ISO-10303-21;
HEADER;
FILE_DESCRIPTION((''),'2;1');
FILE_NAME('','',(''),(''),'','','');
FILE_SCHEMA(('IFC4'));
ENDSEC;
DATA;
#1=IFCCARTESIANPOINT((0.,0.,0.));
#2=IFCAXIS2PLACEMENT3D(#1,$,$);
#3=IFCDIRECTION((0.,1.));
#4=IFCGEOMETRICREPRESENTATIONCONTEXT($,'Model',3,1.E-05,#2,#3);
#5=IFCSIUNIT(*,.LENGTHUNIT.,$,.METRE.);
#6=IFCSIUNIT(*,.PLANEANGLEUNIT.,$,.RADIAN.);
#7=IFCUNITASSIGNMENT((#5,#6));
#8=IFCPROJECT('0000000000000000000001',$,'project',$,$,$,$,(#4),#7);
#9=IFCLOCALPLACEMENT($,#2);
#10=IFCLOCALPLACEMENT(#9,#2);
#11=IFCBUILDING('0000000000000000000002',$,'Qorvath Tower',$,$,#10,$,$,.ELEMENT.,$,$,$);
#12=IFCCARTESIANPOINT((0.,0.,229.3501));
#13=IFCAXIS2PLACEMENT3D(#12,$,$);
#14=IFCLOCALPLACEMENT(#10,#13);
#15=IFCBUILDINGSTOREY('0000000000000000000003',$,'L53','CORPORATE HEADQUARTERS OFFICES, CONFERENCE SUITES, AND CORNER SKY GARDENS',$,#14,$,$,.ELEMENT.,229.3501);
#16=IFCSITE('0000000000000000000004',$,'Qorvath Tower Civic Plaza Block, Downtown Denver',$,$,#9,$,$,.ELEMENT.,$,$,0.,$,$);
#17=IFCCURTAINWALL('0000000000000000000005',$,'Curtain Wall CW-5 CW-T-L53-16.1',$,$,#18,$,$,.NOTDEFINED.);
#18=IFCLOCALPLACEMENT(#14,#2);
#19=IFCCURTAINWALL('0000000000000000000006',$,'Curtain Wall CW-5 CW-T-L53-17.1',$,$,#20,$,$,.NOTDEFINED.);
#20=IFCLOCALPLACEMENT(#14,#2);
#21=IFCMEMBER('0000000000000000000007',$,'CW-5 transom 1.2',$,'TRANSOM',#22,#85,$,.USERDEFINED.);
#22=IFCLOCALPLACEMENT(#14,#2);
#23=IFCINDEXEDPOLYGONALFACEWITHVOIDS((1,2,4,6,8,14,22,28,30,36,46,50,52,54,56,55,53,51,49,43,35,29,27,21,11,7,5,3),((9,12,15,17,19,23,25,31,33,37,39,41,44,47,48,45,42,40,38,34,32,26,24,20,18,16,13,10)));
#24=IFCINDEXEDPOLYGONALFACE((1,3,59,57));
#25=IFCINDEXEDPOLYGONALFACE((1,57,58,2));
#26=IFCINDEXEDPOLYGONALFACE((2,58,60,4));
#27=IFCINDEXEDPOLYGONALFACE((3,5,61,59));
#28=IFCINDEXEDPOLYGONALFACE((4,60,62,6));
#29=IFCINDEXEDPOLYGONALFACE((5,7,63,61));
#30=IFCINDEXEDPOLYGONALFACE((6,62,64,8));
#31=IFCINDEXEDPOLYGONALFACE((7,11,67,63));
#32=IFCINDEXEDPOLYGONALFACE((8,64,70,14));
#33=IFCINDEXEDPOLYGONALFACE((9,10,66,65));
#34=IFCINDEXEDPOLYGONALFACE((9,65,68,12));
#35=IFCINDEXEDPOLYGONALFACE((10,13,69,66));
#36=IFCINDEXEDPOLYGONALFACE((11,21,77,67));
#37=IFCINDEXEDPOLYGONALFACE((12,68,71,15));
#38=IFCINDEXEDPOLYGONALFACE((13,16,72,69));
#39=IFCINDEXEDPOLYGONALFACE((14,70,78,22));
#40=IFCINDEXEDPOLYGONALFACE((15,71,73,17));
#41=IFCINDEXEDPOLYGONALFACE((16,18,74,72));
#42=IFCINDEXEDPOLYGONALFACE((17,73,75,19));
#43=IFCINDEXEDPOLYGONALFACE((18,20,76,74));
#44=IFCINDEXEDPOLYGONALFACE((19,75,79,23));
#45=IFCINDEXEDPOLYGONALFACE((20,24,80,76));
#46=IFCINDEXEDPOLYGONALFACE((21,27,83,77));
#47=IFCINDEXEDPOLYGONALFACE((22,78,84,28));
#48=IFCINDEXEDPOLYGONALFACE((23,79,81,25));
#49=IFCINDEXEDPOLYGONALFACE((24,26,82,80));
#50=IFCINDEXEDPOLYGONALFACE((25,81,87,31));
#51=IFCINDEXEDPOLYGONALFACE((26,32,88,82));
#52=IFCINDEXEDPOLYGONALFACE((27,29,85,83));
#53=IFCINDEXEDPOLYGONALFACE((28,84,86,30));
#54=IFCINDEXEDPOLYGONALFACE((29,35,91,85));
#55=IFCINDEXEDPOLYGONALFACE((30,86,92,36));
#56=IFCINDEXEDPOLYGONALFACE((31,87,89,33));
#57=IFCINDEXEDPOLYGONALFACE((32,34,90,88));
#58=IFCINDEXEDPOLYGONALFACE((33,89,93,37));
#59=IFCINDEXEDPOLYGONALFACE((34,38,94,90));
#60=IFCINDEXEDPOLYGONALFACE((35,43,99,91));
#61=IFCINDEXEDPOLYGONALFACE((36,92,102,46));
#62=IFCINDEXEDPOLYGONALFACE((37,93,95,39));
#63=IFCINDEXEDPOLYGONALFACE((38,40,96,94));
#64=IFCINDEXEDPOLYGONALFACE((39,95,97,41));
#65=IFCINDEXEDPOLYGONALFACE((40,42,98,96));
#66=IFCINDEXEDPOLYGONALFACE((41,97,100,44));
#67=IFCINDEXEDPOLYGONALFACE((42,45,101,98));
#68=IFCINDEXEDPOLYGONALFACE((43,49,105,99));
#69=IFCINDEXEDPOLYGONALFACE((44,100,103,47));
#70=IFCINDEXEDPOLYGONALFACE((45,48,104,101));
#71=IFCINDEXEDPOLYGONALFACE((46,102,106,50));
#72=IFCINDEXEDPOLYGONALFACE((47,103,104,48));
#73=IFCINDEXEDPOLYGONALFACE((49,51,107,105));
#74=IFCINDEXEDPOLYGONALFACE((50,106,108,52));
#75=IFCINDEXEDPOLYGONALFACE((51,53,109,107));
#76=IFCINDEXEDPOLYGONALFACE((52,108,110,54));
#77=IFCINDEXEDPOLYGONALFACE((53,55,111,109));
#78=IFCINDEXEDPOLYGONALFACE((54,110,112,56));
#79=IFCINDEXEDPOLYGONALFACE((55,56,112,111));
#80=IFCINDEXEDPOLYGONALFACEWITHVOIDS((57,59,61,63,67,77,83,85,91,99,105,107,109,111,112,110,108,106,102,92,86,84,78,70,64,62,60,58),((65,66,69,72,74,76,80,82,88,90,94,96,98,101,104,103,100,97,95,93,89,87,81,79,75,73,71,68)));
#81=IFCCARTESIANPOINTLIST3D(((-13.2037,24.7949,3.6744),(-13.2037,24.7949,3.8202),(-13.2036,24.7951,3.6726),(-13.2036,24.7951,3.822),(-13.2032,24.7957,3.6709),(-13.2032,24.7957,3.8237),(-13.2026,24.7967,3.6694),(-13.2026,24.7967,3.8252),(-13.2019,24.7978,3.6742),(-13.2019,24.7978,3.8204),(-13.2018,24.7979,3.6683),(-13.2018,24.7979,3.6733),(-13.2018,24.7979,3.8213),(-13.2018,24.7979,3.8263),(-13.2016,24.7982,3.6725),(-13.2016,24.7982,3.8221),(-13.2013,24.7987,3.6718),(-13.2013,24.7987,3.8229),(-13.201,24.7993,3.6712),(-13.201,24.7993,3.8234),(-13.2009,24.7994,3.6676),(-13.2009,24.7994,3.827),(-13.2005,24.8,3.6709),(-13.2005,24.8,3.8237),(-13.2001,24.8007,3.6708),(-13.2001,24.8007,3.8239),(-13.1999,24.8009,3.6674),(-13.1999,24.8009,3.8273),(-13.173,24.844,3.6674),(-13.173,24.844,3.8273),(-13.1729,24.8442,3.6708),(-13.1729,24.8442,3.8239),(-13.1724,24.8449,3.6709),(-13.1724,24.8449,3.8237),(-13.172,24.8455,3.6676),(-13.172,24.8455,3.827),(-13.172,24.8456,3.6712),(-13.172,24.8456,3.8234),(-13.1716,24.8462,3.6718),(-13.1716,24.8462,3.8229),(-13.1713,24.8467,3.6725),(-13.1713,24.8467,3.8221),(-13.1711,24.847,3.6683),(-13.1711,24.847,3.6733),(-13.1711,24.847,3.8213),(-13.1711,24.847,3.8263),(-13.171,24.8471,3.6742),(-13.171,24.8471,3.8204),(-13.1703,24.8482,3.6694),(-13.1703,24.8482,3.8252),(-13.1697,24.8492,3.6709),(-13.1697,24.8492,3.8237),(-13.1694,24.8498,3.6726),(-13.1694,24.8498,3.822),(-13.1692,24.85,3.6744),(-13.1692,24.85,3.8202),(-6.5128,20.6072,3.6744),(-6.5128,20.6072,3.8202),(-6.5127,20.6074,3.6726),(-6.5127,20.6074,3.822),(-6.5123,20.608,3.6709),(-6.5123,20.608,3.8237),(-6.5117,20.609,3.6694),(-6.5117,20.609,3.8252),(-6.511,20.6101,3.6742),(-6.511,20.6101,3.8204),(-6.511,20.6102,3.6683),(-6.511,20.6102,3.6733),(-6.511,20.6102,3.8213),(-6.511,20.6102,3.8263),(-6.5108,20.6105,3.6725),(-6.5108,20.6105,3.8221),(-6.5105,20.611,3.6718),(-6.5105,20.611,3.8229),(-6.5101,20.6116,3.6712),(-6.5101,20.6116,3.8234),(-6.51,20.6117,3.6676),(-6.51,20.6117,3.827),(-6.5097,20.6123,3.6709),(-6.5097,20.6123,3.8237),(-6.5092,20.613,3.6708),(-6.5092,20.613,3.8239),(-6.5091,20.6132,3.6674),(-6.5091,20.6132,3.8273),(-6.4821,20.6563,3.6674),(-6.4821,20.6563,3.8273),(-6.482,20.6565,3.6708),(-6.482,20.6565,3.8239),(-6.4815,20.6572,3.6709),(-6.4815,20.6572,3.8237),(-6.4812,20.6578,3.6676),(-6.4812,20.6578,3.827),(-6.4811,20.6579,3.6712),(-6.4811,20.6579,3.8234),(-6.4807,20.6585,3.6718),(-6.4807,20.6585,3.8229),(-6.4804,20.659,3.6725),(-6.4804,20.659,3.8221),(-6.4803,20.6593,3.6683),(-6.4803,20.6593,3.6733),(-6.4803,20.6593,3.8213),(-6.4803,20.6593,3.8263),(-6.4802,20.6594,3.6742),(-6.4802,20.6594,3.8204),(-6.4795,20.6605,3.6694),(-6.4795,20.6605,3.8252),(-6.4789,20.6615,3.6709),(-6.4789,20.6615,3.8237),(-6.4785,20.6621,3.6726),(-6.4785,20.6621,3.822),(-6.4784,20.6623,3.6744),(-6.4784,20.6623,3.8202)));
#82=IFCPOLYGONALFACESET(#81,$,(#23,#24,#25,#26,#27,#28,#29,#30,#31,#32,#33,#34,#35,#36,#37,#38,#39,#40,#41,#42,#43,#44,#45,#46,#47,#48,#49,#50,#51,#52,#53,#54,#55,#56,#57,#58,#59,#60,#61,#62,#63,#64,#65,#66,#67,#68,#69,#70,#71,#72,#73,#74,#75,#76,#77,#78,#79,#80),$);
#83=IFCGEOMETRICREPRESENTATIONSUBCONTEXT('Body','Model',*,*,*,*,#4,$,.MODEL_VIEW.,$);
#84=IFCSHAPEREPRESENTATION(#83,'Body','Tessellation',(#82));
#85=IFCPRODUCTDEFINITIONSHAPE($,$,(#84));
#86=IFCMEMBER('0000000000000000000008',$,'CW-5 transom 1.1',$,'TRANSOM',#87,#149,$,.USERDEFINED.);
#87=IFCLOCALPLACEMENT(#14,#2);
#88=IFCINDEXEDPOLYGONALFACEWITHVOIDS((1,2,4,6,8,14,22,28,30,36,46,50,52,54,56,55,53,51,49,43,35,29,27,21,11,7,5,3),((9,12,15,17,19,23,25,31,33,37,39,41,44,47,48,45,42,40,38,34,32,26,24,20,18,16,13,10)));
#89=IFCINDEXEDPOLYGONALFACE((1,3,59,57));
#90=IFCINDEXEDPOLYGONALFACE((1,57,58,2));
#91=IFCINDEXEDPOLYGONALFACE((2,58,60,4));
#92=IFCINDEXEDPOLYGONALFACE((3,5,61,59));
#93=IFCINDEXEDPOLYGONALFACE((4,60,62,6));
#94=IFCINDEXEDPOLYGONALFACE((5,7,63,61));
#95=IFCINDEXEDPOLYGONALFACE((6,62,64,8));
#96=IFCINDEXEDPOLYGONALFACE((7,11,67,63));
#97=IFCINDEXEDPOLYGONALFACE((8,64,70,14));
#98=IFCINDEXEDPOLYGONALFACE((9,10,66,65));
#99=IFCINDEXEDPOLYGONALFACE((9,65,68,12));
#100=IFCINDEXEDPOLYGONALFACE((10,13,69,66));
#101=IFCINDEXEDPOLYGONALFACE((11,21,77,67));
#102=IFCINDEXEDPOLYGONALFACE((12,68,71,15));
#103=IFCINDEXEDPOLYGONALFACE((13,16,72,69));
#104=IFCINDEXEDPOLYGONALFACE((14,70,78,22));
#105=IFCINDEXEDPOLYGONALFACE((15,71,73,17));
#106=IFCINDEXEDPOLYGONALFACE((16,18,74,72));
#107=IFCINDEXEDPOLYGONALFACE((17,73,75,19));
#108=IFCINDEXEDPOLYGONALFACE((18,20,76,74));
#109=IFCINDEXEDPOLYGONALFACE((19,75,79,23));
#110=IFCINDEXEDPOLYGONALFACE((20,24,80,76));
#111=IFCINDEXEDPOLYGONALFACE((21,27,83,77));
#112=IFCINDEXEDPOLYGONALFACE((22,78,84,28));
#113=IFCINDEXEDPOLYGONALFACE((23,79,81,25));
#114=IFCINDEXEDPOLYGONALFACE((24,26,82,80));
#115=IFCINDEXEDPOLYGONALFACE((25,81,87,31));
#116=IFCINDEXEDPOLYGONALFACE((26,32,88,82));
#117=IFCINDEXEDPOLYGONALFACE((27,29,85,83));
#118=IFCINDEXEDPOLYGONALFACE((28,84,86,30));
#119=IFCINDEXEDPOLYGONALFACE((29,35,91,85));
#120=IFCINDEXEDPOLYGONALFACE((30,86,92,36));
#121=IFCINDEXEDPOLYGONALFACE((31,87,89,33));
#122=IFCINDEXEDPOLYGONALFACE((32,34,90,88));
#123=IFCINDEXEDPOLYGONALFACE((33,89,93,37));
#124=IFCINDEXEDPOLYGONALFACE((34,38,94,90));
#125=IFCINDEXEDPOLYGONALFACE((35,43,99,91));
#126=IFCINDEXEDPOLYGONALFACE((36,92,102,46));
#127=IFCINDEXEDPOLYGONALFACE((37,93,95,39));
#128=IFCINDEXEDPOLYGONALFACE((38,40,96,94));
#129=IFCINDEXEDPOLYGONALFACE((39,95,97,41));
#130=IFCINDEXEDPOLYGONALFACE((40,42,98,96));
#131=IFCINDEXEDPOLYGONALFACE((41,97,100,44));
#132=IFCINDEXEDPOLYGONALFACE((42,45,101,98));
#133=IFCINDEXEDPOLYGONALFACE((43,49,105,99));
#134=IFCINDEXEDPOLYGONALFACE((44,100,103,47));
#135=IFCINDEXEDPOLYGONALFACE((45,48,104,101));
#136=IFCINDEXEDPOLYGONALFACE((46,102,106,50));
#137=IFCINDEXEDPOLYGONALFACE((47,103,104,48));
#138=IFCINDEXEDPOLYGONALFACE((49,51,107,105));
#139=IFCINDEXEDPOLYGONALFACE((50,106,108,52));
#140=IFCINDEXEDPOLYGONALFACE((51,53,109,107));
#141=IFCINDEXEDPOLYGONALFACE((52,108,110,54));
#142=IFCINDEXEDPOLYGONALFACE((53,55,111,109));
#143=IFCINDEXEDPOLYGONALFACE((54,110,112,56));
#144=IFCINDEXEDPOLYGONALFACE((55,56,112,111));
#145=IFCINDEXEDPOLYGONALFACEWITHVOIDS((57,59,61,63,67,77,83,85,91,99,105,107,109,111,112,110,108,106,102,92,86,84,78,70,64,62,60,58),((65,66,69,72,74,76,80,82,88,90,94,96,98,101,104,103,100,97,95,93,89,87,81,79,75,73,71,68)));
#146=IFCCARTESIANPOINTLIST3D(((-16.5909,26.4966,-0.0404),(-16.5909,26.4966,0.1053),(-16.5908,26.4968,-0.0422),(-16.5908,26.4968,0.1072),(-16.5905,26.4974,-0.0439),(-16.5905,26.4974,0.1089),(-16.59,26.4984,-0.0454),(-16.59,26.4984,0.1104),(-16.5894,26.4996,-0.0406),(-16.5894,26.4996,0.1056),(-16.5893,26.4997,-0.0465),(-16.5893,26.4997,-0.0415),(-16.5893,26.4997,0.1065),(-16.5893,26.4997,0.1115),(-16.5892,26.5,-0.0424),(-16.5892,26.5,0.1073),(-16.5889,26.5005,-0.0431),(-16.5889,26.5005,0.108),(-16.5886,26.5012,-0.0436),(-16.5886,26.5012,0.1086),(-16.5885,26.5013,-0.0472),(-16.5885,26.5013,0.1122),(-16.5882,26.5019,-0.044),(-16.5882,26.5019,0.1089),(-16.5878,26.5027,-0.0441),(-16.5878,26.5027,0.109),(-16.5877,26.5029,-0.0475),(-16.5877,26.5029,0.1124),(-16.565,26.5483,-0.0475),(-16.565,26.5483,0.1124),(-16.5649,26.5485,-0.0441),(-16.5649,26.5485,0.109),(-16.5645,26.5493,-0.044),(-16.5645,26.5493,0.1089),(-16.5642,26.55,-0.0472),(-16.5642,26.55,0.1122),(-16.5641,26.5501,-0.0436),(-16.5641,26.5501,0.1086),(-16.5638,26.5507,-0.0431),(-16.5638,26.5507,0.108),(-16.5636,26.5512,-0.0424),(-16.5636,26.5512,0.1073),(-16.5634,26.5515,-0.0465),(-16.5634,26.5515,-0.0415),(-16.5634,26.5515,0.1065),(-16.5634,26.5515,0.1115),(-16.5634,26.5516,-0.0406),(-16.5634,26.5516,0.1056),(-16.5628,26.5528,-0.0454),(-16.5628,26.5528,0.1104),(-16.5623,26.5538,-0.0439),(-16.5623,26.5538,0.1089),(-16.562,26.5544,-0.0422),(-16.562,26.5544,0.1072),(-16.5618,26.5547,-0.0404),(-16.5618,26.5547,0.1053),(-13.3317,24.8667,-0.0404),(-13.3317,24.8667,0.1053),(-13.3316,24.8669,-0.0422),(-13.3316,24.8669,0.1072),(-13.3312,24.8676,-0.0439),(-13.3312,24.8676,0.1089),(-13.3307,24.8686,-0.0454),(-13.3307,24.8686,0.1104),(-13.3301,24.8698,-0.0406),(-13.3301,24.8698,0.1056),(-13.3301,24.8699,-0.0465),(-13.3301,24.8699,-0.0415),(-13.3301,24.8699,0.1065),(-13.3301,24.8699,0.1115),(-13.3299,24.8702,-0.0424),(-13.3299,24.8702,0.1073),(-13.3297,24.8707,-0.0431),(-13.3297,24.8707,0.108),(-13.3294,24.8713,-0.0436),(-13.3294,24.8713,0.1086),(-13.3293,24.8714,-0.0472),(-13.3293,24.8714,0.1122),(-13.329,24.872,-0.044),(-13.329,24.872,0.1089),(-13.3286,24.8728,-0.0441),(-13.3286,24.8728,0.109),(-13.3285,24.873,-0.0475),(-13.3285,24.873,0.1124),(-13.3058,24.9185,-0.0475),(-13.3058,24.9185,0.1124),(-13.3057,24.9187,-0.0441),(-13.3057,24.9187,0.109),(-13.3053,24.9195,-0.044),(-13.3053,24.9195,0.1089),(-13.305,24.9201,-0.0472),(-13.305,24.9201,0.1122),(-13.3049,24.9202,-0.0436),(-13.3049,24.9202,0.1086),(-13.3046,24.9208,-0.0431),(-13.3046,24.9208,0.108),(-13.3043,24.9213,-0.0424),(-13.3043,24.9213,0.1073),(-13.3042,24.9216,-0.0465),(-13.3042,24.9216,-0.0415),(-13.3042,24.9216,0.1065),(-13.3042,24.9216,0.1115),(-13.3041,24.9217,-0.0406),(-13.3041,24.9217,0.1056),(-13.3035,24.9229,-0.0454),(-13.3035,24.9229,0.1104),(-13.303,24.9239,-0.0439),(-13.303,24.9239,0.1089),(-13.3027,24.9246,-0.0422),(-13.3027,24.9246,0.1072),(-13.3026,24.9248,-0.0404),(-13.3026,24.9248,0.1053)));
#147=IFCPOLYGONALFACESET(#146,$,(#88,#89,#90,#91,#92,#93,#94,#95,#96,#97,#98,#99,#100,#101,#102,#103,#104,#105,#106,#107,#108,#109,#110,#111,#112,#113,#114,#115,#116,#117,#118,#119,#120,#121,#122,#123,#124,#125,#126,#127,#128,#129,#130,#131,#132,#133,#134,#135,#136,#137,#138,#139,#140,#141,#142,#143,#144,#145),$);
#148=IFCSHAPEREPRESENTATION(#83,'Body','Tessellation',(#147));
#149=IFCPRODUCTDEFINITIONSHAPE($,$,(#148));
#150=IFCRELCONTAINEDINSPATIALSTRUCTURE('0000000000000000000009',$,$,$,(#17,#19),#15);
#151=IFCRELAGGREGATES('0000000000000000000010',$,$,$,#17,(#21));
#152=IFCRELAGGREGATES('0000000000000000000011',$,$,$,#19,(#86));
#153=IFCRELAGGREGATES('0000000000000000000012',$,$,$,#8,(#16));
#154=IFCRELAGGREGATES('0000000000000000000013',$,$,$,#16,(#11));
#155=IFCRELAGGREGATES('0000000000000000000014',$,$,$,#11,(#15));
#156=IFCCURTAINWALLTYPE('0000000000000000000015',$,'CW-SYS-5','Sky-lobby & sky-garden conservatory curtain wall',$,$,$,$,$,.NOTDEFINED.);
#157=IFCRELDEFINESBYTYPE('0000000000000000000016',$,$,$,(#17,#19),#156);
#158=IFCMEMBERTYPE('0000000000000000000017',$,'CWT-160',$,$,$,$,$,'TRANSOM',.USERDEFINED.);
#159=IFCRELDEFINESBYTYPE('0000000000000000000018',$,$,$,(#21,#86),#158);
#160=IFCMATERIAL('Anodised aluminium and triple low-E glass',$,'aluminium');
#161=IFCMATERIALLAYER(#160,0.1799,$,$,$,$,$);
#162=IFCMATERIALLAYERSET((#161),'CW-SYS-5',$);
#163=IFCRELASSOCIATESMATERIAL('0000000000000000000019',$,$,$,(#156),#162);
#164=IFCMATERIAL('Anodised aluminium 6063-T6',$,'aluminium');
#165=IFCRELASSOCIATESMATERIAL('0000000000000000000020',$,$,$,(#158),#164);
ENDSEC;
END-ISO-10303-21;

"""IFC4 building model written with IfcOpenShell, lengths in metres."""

from ifc_helpers import new_model, si_unit, direction, frame, origin, origin_2d, place, context, subcontext, project, spatial, hollow_rectangle, extrude, material, layer, layer_set, material_profile, profile_set, type_object, element, aggregate, save


model = new_model("IFC4")

# Units and contexts
model_context = context("Model", 3, precision=1e-05, world=origin(), true_north=direction((0.0, 1.0)))
body_context = subcontext(model_context, "Body", "Model", "MODEL_VIEW")
ifc_project = project(units=[si_unit("LENGTHUNIT", "METRE"), si_unit("PLANEANGLEUNIT", "RADIAN")], contexts=[model_context])

# Site, building, storey
site_placement = place(None, origin())
site = spatial("IfcSite", under=ifc_project, at=site_placement, Name="Qorvath Tower Civic Plaza Block, Downtown Denver", CompositionType="ELEMENT", RefElevation=0.0)
building_placement = place(site_placement, origin())
building = spatial("IfcBuilding", under=site, at=building_placement, Name="Qorvath Tower", CompositionType="ELEMENT")
storey_placement = place(building_placement, frame((0.0, 0.0, 229.3501)))
storey = spatial("IfcBuildingStorey", under=building, at=storey_placement, Name="L53", Description="CORPORATE HEADQUARTERS OFFICES, CONFERENCE SUITES, AND CORNER SKY GARDENS", CompositionType="ELEMENT", Elevation=229.3501)

# Shared definitions
ifc_material_1 = material(Name="Anodised aluminium and triple low-E glass", Category="aluminium")
ifc_layer_1 = layer(ifc_material_1, 0.1799)
ifc_layer_set_1 = layer_set([ifc_layer_1], Name="CW-SYS-5")
curtain_wall_type = type_object("IfcCurtainWallType", Name="CW-SYS-5", Description="Sky-lobby & sky-garden conservatory curtain wall", PredefinedType="NOTDEFINED", material=ifc_layer_set_1)

# Curtain walls
curtain_wall_1_placement = place(storey_placement, origin())
curtain_wall_1 = element("IfcCurtainWall", 1, at=curtain_wall_1_placement, inside=storey, type_object=curtain_wall_type, Name="Curtain Wall CW-5 CW-T-L53-16.1", PredefinedType="NOTDEFINED")
curtain_wall_2_placement = place(storey_placement, origin())
curtain_wall_2 = element("IfcCurtainWall", 2, at=curtain_wall_2_placement, inside=storey, type_object=curtain_wall_type, Name="Curtain Wall CW-5 CW-T-L53-17.1", PredefinedType="NOTDEFINED")

# Members
ifc_material_2 = material(Name="Anodised aluminium 6063-T6", Category="aluminium")
ifc_material_profile_1 = material_profile(ifc_material_2, hollow_rectangle(XDim=0.0649, YDim=0.1599, WallThickness=0.0034, InnerFilletRadius=0.0034, OuterFilletRadius=0.0071, at=origin_2d()), Name="CWT 160x65")
ifc_profile_set_1 = profile_set([ifc_material_profile_1], Name="Anodised aluminium 6063-T6")
member_type_1 = type_object("IfcMemberType", Name="CWT-160", ElementType="TRANSOM", PredefinedType="USERDEFINED", material=ifc_profile_set_1)
member_1_placement = place(storey_placement, frame((-6.4956, 20.6348, 3.7473), z_axis=(-0.847661, 0.530538, 0.0), x_axis=(-0.530538, -0.847661, 0.0)))
member_1 = element("IfcMember", 3, at=member_1_placement, type_object=member_type_1, Name="CW-5 transom 1.2", ObjectType="TRANSOM", PredefinedType="USERDEFINED", context=body_context, shape_type="SweptSolid", body=[
    extrude(hollow_rectangle(XDim=0.0649, YDim=0.1599, WallThickness=0.0034, InnerFilletRadius=0.0034, OuterFilletRadius=0.0071, at=origin_2d()), origin(), (0.0, 0.0, 1.0), 7.8933),
])
member_2_placement = place(storey_placement, frame((-13.3171, 24.8958, 0.0325), z_axis=(-0.8944, 0.447267, 0.0), x_axis=(-0.447267, -0.8944, 0.0)))
member_2 = element("IfcMember", 4, at=member_2_placement, type_object=member_type_1, Name="CW-5 transom 1.1", ObjectType="TRANSOM", PredefinedType="USERDEFINED", context=body_context, shape_type="SweptSolid", body=[
    extrude(hollow_rectangle(XDim=0.0649, YDim=0.1599, WallThickness=0.0034, InnerFilletRadius=0.0034, OuterFilletRadius=0.0071, at=origin_2d()), origin(), (0.0, 0.0, 1.0), 3.644),
])

aggregate(curtain_wall_1, [member_1])
aggregate(curtain_wall_2, [member_2])

save(model, "model.ifc")
